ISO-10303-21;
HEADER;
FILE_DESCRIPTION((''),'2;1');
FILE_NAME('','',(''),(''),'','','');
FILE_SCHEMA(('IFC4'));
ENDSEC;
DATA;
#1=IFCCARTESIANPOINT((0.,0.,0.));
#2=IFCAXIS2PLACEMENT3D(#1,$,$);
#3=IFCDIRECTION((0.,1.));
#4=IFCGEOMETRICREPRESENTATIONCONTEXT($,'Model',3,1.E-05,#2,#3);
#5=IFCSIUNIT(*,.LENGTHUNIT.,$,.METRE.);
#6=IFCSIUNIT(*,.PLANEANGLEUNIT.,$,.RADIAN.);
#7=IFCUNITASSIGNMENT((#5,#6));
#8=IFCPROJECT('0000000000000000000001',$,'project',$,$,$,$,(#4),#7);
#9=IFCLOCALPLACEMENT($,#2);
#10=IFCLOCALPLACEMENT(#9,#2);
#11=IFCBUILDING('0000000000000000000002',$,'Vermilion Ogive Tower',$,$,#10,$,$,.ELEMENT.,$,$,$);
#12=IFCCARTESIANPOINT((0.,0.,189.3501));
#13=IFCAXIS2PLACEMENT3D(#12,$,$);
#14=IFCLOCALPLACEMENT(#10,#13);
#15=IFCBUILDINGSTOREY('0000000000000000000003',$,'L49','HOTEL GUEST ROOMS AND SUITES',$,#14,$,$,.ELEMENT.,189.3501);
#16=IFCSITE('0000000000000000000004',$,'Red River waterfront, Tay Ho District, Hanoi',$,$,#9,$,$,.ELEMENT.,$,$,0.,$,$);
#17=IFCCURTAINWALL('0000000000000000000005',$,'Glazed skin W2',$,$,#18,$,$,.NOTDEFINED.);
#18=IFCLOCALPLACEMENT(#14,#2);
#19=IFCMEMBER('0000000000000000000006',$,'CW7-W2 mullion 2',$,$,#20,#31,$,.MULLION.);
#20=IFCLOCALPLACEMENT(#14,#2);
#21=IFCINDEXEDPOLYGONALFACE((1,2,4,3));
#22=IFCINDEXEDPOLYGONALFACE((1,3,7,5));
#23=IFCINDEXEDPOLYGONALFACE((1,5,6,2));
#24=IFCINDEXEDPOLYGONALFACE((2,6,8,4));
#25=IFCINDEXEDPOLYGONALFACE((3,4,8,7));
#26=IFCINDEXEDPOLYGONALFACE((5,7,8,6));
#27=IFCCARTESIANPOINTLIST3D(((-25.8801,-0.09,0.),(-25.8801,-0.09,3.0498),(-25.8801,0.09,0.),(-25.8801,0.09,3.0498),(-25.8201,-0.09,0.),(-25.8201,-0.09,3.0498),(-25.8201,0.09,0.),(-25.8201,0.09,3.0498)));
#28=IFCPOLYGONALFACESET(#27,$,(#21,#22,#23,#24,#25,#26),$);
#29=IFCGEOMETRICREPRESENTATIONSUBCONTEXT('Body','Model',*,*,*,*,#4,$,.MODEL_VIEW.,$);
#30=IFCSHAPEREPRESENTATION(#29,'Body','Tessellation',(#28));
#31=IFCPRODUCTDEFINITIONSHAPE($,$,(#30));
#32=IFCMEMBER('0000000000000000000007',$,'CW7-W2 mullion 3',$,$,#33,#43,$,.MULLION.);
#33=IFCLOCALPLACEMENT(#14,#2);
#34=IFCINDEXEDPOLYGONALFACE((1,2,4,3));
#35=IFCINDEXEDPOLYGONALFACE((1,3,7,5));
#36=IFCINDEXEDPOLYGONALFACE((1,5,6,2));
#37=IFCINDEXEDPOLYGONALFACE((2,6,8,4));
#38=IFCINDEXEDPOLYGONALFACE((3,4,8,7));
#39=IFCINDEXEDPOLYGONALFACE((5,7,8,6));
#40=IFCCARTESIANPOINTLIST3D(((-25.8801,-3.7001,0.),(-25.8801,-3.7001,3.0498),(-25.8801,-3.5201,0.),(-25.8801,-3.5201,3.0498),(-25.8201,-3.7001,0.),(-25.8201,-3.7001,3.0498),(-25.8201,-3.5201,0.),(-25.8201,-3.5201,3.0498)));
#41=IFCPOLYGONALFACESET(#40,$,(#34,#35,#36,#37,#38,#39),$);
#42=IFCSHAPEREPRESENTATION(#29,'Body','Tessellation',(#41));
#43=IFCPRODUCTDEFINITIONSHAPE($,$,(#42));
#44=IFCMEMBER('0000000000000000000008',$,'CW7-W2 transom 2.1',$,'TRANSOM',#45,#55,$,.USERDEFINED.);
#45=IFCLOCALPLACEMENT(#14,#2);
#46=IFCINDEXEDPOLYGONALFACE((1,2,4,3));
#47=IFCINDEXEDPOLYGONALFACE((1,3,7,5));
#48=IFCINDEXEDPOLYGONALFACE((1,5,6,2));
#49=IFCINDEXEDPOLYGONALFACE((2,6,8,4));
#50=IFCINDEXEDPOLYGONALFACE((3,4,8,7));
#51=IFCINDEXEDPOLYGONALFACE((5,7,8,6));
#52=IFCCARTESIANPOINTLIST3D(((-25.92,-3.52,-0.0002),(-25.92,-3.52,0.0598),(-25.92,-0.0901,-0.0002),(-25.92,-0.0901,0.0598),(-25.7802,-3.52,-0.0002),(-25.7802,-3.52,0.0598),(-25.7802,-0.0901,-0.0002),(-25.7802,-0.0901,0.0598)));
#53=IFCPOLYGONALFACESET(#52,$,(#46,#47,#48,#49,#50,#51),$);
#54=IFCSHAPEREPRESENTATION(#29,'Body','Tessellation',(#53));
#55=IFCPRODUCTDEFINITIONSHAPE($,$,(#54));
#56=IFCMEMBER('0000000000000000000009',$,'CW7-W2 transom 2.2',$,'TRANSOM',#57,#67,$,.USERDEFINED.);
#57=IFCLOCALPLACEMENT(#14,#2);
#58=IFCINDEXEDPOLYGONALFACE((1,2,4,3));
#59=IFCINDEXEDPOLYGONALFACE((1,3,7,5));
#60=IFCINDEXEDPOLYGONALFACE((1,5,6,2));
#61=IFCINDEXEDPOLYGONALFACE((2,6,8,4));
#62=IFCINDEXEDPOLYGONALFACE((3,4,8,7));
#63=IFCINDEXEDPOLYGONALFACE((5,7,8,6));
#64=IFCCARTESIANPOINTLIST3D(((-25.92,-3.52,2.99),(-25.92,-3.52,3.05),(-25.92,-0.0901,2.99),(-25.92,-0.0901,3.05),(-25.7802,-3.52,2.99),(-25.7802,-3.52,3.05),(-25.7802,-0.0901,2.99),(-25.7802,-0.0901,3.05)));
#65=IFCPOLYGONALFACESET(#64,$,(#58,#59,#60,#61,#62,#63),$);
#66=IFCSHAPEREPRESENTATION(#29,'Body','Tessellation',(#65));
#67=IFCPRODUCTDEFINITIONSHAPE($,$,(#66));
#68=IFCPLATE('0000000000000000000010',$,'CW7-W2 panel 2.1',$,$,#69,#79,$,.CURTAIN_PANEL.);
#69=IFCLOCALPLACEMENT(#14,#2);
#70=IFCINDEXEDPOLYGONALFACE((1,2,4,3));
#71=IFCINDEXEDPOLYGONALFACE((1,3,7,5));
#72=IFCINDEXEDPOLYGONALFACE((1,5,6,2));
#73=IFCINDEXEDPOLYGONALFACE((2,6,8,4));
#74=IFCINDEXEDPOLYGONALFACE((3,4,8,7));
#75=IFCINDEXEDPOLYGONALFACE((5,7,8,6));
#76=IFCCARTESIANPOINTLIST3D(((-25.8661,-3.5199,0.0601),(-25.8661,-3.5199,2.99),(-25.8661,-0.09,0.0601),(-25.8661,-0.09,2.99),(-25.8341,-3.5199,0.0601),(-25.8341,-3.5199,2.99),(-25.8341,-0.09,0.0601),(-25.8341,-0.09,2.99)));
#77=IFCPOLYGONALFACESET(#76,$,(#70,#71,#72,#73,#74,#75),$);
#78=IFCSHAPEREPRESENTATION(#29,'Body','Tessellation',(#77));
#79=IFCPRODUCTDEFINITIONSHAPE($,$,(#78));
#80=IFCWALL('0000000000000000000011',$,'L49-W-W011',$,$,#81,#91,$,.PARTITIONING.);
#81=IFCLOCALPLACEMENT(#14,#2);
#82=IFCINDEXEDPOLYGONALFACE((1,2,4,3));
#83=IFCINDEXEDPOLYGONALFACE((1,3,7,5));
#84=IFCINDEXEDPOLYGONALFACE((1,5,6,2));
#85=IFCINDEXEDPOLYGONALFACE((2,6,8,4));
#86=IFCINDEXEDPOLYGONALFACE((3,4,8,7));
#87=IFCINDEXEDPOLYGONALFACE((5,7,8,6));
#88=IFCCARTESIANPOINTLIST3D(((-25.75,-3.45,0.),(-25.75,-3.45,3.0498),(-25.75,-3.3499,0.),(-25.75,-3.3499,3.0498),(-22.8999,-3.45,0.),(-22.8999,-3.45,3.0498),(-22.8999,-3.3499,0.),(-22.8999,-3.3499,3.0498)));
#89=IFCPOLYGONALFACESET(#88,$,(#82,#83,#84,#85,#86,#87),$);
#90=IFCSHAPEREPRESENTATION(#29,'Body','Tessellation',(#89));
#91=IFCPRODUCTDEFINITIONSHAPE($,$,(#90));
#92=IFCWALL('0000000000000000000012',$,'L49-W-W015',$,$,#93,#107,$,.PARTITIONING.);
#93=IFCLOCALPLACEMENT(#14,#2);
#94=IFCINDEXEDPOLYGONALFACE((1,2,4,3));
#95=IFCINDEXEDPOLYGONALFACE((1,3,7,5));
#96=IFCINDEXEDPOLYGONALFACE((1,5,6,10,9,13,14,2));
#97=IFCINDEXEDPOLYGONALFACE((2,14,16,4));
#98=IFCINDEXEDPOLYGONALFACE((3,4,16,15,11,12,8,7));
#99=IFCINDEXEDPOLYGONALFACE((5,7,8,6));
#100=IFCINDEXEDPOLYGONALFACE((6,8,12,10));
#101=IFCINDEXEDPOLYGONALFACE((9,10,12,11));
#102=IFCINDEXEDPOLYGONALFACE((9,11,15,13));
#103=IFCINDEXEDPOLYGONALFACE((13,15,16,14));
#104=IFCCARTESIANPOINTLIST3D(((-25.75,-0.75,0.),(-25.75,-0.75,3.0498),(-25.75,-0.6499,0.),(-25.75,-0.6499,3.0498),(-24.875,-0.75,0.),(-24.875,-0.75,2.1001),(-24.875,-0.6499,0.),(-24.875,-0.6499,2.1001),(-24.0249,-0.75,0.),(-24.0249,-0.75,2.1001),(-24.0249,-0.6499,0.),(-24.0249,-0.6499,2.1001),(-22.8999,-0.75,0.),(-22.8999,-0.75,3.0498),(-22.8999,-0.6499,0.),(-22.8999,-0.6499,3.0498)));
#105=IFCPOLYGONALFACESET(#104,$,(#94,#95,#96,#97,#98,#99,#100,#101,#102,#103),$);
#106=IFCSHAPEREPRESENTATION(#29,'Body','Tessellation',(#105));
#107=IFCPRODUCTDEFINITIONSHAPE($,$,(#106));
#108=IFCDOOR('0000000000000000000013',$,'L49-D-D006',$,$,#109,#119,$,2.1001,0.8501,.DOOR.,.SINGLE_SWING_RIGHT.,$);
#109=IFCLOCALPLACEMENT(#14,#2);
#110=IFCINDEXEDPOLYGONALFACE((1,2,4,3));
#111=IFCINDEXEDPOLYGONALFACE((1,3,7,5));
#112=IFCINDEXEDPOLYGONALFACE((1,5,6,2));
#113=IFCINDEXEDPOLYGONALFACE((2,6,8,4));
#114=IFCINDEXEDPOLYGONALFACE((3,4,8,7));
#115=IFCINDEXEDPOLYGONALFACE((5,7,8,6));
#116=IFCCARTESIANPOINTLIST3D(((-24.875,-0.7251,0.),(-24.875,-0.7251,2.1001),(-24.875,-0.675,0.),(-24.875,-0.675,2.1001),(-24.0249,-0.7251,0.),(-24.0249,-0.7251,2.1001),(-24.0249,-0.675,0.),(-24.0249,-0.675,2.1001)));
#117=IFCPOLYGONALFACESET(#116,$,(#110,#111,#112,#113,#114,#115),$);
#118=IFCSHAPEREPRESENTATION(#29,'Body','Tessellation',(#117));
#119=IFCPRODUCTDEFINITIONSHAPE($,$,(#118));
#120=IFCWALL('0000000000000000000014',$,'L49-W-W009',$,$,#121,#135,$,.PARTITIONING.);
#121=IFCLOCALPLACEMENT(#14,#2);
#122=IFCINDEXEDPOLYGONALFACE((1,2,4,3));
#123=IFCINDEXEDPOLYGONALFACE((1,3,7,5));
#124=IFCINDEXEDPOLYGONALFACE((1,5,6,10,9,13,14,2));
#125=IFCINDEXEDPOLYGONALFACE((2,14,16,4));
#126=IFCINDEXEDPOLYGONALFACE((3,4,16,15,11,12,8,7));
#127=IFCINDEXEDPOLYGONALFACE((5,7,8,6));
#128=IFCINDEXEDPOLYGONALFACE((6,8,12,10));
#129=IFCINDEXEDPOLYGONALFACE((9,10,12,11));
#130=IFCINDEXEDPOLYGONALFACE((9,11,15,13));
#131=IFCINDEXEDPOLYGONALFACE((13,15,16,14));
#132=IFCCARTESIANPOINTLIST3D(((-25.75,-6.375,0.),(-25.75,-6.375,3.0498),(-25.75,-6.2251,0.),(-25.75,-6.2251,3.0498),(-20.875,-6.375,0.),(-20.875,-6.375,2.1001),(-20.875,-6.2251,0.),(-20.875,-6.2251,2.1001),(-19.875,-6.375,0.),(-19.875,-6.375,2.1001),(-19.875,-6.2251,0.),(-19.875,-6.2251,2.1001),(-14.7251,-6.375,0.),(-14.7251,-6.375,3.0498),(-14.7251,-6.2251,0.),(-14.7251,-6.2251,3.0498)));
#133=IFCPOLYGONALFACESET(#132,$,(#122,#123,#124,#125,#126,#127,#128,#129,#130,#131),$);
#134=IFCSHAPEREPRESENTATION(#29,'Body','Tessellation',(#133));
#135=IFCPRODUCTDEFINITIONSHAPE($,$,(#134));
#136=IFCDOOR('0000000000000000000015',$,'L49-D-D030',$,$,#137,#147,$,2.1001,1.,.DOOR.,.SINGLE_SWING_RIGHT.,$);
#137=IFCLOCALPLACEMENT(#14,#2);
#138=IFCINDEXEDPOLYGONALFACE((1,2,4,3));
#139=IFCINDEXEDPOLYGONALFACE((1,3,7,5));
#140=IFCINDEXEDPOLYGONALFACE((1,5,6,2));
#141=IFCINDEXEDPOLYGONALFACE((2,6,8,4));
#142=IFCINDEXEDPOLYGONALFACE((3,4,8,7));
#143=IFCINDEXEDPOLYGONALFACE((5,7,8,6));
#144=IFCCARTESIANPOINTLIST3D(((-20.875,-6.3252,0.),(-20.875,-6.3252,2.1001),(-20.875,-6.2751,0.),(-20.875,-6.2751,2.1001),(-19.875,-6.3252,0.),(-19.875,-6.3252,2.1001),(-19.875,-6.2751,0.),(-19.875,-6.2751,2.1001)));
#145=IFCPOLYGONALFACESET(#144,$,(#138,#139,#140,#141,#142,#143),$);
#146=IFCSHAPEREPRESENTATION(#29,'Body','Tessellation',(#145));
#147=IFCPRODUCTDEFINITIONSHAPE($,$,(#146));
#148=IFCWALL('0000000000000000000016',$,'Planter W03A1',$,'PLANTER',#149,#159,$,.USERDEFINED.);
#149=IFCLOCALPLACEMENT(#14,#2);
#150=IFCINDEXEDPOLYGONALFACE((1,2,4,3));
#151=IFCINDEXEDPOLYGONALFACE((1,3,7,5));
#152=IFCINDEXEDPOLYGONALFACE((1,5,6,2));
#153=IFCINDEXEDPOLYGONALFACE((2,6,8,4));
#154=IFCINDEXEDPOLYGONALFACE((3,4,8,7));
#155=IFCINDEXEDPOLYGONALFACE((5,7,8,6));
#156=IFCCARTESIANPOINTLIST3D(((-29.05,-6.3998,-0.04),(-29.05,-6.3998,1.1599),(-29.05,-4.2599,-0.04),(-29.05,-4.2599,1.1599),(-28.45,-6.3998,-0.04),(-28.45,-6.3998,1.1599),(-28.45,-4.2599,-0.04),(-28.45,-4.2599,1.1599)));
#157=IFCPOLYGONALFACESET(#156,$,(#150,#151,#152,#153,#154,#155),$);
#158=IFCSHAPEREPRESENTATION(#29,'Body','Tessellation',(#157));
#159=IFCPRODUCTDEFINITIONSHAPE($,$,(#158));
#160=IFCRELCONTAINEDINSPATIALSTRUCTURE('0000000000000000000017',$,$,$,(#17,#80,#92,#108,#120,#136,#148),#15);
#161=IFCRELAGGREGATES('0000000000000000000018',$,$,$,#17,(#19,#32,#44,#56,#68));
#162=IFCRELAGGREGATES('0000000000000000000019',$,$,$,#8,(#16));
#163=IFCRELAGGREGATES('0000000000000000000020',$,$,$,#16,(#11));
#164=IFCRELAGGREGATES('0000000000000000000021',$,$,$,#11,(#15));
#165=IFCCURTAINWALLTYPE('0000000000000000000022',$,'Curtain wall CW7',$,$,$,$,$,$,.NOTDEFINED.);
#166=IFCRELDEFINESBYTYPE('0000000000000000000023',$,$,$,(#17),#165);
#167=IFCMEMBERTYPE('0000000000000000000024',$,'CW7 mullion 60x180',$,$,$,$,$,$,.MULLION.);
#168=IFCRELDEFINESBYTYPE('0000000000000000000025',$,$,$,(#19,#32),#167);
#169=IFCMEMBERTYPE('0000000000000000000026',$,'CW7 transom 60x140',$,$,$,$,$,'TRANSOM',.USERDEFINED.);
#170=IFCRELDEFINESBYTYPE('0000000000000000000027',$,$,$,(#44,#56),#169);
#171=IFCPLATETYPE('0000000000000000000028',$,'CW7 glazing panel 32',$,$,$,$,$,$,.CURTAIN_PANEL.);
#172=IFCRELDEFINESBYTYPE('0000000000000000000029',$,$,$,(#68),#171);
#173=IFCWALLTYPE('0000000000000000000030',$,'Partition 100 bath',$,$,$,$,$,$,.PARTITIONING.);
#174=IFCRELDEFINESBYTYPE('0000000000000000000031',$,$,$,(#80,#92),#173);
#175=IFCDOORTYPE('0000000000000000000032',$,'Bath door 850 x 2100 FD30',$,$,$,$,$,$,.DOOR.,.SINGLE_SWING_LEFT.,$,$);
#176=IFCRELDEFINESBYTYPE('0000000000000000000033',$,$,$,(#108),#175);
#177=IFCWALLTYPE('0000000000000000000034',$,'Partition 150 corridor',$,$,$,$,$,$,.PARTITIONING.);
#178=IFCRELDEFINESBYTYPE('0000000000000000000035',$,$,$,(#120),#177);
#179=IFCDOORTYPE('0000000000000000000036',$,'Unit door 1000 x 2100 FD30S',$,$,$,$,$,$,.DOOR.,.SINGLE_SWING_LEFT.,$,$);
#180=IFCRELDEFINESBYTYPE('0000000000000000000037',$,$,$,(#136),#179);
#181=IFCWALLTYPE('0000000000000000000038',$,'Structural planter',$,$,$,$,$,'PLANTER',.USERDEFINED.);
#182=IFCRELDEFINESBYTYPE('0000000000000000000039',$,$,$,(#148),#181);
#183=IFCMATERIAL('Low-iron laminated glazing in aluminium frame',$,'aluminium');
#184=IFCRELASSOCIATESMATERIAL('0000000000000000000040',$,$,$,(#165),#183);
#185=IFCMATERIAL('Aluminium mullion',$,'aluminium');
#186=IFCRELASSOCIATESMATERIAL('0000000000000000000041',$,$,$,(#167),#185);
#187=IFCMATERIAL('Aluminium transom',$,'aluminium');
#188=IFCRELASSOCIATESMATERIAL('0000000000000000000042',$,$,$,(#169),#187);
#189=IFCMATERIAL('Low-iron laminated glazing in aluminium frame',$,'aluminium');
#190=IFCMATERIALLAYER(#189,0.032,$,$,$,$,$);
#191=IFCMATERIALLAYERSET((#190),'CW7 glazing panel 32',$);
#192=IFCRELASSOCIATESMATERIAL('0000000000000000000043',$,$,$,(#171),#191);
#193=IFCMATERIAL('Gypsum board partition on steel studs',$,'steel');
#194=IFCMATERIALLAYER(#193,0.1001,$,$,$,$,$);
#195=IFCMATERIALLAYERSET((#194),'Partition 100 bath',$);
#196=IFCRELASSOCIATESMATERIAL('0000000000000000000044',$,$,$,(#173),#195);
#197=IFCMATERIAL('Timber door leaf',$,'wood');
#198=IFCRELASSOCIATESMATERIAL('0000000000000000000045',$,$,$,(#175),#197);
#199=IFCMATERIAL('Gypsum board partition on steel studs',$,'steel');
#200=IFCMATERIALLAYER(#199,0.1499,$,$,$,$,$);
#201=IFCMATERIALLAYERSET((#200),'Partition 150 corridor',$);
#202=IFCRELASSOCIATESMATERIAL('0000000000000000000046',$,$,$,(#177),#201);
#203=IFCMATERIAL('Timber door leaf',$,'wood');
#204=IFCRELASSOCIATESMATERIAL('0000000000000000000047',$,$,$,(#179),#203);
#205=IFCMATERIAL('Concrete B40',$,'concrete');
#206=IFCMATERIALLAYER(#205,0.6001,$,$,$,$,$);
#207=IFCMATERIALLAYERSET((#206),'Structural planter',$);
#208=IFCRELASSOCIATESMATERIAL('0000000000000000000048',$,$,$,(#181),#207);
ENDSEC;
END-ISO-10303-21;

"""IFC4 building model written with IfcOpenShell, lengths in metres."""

from ifc_helpers import new_model, si_unit, direction, frame, frame_2d, origin, origin_2d, place, context, subcontext, project, spatial, rectangle, extrude, material, layer, layer_set, material_profile, profile_set, type_object, element, fill, aggregate, save


model = new_model("IFC4")

# Units and contexts
model_context = context("Model", 3, precision=1e-05, world=origin(), true_north=direction((0.0, 1.0)))
body_context = subcontext(model_context, "Body", "Model", "MODEL_VIEW")
ifc_project = project(units=[si_unit("LENGTHUNIT", "METRE"), si_unit("PLANEANGLEUNIT", "RADIAN")], contexts=[model_context])

# Site, building, storey
site_placement = place(None, origin())
site = spatial("IfcSite", under=ifc_project, at=site_placement, Name="Red River waterfront, Tay Ho District, Hanoi", CompositionType="ELEMENT", RefElevation=0.0)
building_placement = place(site_placement, origin())
building = spatial("IfcBuilding", under=site, at=building_placement, Name="Vermilion Ogive Tower", CompositionType="ELEMENT")
storey_placement = place(building_placement, frame((0.0, 0.0, 189.3501)))
storey = spatial("IfcBuildingStorey", under=building, at=storey_placement, Name="L49", Description="HOTEL GUEST ROOMS AND SUITES", CompositionType="ELEMENT", Elevation=189.3501)

# Curtain wall, members, plate
ifc_material_1 = material(Name="Low-iron laminated glazing in aluminium frame", Category="aluminium")
curtain_wall_type = type_object("IfcCurtainWallType", Name="Curtain wall CW7", PredefinedType="NOTDEFINED", material=ifc_material_1)
curtain_wall_placement = place(storey_placement, origin())
curtain_wall = element("IfcCurtainWall", 1, at=curtain_wall_placement, inside=storey, type_object=curtain_wall_type, Name="Glazed skin W2", PredefinedType="NOTDEFINED")
ifc_material_2 = material(Name="Aluminium mullion", Category="aluminium")
ifc_material_profile_1 = material_profile(ifc_material_2, rectangle(XDim=0.0601, YDim=0.1799, at=origin_2d()), Name="AL 60x180")
ifc_profile_set_1 = profile_set([ifc_material_profile_1], Name="Aluminium mullion")
member_type_1 = type_object("IfcMemberType", Name="CW7 mullion 60x180", PredefinedType="MULLION", material=ifc_profile_set_1)
member_1_placement = place(storey_placement, frame((-25.8501, 0.0, 0.0), z_axis=(0.0, 0.0, 1.0), x_axis=(1.0, 0.0, 0.0)))
member_1 = element("IfcMember", 2, at=member_1_placement, type_object=member_type_1, Name="CW7-W2 mullion 2", PredefinedType="MULLION", context=body_context, shape_type="SweptSolid", body=[
    extrude(rectangle(XDim=0.0601, YDim=0.1799, at=origin_2d()), origin(), (0.0, 0.0, 1.0), 3.0498),
])
member_2_placement = place(storey_placement, frame((-25.8501, -3.6101, 0.0), z_axis=(0.0, 0.0, 1.0), x_axis=(1.0, 0.0, 0.0)))
member_2 = element("IfcMember", 3, at=member_2_placement, type_object=member_type_1, Name="CW7-W2 mullion 3", PredefinedType="MULLION", context=body_context, shape_type="SweptSolid", body=[
    extrude(rectangle(XDim=0.0601, YDim=0.1799, at=origin_2d()), origin(), (0.0, 0.0, 1.0), 3.0498),
])
ifc_material_3 = material(Name="Aluminium transom", Category="aluminium")
ifc_material_profile_2 = material_profile(ifc_material_3, rectangle(XDim=0.1399, YDim=0.0601, at=origin_2d()), Name="AL 60x140")
ifc_profile_set_2 = profile_set([ifc_material_profile_2], Name="Aluminium transom")
member_type_2 = type_object("IfcMemberType", Name="CW7 transom 60x140", ElementType="TRANSOM", PredefinedType="USERDEFINED", material=ifc_profile_set_2)
member_3_placement = place(storey_placement, frame((-25.8501, -0.0901, 0.0298), z_axis=(0.0, -1.0, 0.0), x_axis=(1.0, 0.0, 0.0)))
member_3 = element("IfcMember", 4, at=member_3_placement, type_object=member_type_2, Name="CW7-W2 transom 2.1", ObjectType="TRANSOM", PredefinedType="USERDEFINED", context=body_context, shape_type="SweptSolid", body=[
    extrude(rectangle(XDim=0.1399, YDim=0.0601, at=origin_2d()), origin(), (0.0, 0.0, 1.0), 3.4299),
])
member_4_placement = place(storey_placement, frame((-25.8501, -0.0901, 3.02), z_axis=(0.0, -1.0, 0.0), x_axis=(1.0, 0.0, 0.0)))
member_4 = element("IfcMember", 5, at=member_4_placement, type_object=member_type_2, Name="CW7-W2 transom 2.2", ObjectType="TRANSOM", PredefinedType="USERDEFINED", context=body_context, shape_type="SweptSolid", body=[
    extrude(rectangle(XDim=0.1399, YDim=0.0601, at=origin_2d()), origin(), (0.0, 0.0, 1.0), 3.4299),
])
ifc_material_4 = material(Name="Low-iron laminated glazing in aluminium frame", Category="aluminium")
ifc_layer_1 = layer(ifc_material_4, 0.032)
ifc_layer_set_1 = layer_set([ifc_layer_1], Name="CW7 glazing panel 32")
plate_type = type_object("IfcPlateType", Name="CW7 glazing panel 32", PredefinedType="CURTAIN_PANEL", material=ifc_layer_set_1)
plate_placement = place(storey_placement, frame((-25.8501, -1.8049, 0.0601), z_axis=(0.0, 0.0, 1.0), x_axis=(0.0, -1.0, 0.0)))
plate = element("IfcPlate", 6, at=plate_placement, type_object=plate_type, Name="CW7-W2 panel 2.1", PredefinedType="CURTAIN_PANEL", context=body_context, shape_type="SweptSolid", body=[
    extrude(rectangle(XDim=3.4299, YDim=0.032, at=origin_2d()), origin(), (0.0, 0.0, 1.0), 2.9299),
])
aggregate(curtain_wall, [member_1, member_2, member_3, member_4, plate])

# Wall
ifc_material_5 = material(Name="Gypsum board partition on steel studs", Category="steel")
ifc_layer_2 = layer(ifc_material_5, 0.1001)
ifc_layer_set_2 = layer_set([ifc_layer_2], Name="Partition 100 bath")
wall_type_1 = type_object("IfcWallType", Name="Partition 100 bath", PredefinedType="PARTITIONING", material=ifc_layer_set_2)
wall_1_placement = place(storey_placement, frame((-25.75, -3.3999, 0.0), z_axis=(0.0, 0.0, 1.0), x_axis=(1.0, 0.0, 0.0)))
element("IfcWall", 7, at=wall_1_placement, inside=storey, type_object=wall_type_1, Name="L49-W-W011", PredefinedType="PARTITIONING", context=body_context, shape_type="SweptSolid", body=[
    extrude(rectangle(XDim=2.8501, YDim=0.1001, at=frame_2d((1.425, 0.0))), origin(), (0.0, 0.0, 1.0), 3.0498),
])

# Walls, openings, doors
wall_2_placement = place(storey_placement, frame((-25.75, -0.7, 0.0), z_axis=(0.0, 0.0, 1.0), x_axis=(1.0, 0.0, 0.0)))
wall_2 = element("IfcWall", 8, at=wall_2_placement, inside=storey, type_object=wall_type_1, Name="L49-W-W015", PredefinedType="PARTITIONING", context=body_context, shape_type="SweptSolid", body=[
    extrude(rectangle(XDim=2.8501, YDim=0.1001, at=frame_2d((1.425, 0.0))), origin(), (0.0, 0.0, 1.0), 3.0498),
])
opening_1_placement = place(wall_2_placement, frame((0.875, 0.0, 0.0)))
opening_1 = element("IfcOpeningElement", 9, at=opening_1_placement, cuts=wall_2, PredefinedType="OPENING", context=body_context, shape_type="SweptSolid", body=[
    extrude(rectangle(XDim=0.8501, YDim=2.1001, at=frame_2d((0.425, 1.05))), frame((0.0, 0.0601, 0.0), z_axis=(0.0, -1.0, 0.0), x_axis=(1.0, 0.0, 0.0)), (0.0, 0.0, 1.0), 0.1201),
])
ifc_material_6 = material(Name="Timber door leaf", Category="wood")
door_type_1 = type_object("IfcDoorType", Name="Bath door 850 x 2100 FD30", OperationType="SINGLE_SWING_LEFT", PredefinedType="DOOR", material=ifc_material_6)
door_1_placement = place(opening_1_placement, origin())
door_1 = element("IfcDoor", 10, at=door_1_placement, inside=storey, type_object=door_type_1, Name="L49-D-D006", OperationType="SINGLE_SWING_RIGHT", OverallHeight=2.1001, OverallWidth=0.8501, PredefinedType="DOOR", context=body_context, shape_type="SweptSolid", body=[
    extrude(rectangle(XDim=0.8501, YDim=2.1001, at=frame_2d((0.425, 1.05))), frame((0.0, 0.0249, 0.0), z_axis=(0.0, -1.0, 0.0), x_axis=(1.0, 0.0, 0.0)), (0.0, 0.0, 1.0), 0.05),
])
fill(opening_1, door_1)
ifc_material_7 = material(Name="Gypsum board partition on steel studs", Category="steel")
ifc_layer_3 = layer(ifc_material_7, 0.1499)
ifc_layer_set_3 = layer_set([ifc_layer_3], Name="Partition 150 corridor")
wall_type_2 = type_object("IfcWallType", Name="Partition 150 corridor", PredefinedType="PARTITIONING", material=ifc_layer_set_3)
wall_3_placement = place(storey_placement, frame((-25.75, -6.3, 0.0), z_axis=(0.0, 0.0, 1.0), x_axis=(1.0, 0.0, 0.0)))
wall_3 = element("IfcWall", 11, at=wall_3_placement, inside=storey, type_object=wall_type_2, Name="L49-W-W009", PredefinedType="PARTITIONING", context=body_context, shape_type="SweptSolid", body=[
    extrude(rectangle(XDim=11.0249, YDim=0.1499, at=frame_2d((5.5125, 0.0))), origin(), (0.0, 0.0, 1.0), 3.0498),
])
opening_2_placement = place(wall_3_placement, frame((4.875, 0.0, 0.0)))
opening_2 = element("IfcOpeningElement", 12, at=opening_2_placement, cuts=wall_3, PredefinedType="OPENING", context=body_context, shape_type="SweptSolid", body=[
    extrude(rectangle(XDim=1.0, YDim=2.1001, at=frame_2d((0.5, 1.05))), frame((0.0, 0.085, 0.0), z_axis=(0.0, -1.0, 0.0), x_axis=(1.0, 0.0, 0.0)), (0.0, 0.0, 1.0), 0.1699),
])
ifc_material_8 = material(Name="Timber door leaf", Category="wood")
door_type_2 = type_object("IfcDoorType", Name="Unit door 1000 x 2100 FD30S", OperationType="SINGLE_SWING_LEFT", PredefinedType="DOOR", material=ifc_material_8)
door_2_placement = place(opening_2_placement, origin())
door_2 = element("IfcDoor", 13, at=door_2_placement, inside=storey, type_object=door_type_2, Name="L49-D-D030", OperationType="SINGLE_SWING_RIGHT", OverallHeight=2.1001, OverallWidth=1.0, PredefinedType="DOOR", context=body_context, shape_type="SweptSolid", body=[
    extrude(rectangle(XDim=1.0, YDim=2.1001, at=frame_2d((0.5, 1.05))), frame((0.0, 0.0249, 0.0), z_axis=(0.0, -1.0, 0.0), x_axis=(1.0, 0.0, 0.0)), (0.0, 0.0, 1.0), 0.05),
])
fill(opening_2, door_2)

# Wall
ifc_material_9 = material(Name="Concrete B40", Category="concrete")
ifc_layer_4 = layer(ifc_material_9, 0.6001)
ifc_layer_set_4 = layer_set([ifc_layer_4], Name="Structural planter")
wall_type_3 = type_object("IfcWallType", Name="Structural planter", ElementType="PLANTER", PredefinedType="USERDEFINED", material=ifc_layer_set_4)
wall_4_placement = place(storey_placement, frame((-28.75, -4.26, -0.04), z_axis=(0.0, 0.0, 1.0), x_axis=(0.0, -1.0, 0.0)))
element("IfcWall", 14, at=wall_4_placement, inside=storey, type_object=wall_type_3, Name="Planter W03A1", ObjectType="PLANTER", PredefinedType="USERDEFINED", context=body_context, shape_type="SweptSolid", body=[
    extrude(rectangle(XDim=2.1399, YDim=0.6001, at=frame_2d((1.0698, 0.0))), origin(), (0.0, 0.0, 1.0), 1.2),
])

save(model, "model.ifc")
